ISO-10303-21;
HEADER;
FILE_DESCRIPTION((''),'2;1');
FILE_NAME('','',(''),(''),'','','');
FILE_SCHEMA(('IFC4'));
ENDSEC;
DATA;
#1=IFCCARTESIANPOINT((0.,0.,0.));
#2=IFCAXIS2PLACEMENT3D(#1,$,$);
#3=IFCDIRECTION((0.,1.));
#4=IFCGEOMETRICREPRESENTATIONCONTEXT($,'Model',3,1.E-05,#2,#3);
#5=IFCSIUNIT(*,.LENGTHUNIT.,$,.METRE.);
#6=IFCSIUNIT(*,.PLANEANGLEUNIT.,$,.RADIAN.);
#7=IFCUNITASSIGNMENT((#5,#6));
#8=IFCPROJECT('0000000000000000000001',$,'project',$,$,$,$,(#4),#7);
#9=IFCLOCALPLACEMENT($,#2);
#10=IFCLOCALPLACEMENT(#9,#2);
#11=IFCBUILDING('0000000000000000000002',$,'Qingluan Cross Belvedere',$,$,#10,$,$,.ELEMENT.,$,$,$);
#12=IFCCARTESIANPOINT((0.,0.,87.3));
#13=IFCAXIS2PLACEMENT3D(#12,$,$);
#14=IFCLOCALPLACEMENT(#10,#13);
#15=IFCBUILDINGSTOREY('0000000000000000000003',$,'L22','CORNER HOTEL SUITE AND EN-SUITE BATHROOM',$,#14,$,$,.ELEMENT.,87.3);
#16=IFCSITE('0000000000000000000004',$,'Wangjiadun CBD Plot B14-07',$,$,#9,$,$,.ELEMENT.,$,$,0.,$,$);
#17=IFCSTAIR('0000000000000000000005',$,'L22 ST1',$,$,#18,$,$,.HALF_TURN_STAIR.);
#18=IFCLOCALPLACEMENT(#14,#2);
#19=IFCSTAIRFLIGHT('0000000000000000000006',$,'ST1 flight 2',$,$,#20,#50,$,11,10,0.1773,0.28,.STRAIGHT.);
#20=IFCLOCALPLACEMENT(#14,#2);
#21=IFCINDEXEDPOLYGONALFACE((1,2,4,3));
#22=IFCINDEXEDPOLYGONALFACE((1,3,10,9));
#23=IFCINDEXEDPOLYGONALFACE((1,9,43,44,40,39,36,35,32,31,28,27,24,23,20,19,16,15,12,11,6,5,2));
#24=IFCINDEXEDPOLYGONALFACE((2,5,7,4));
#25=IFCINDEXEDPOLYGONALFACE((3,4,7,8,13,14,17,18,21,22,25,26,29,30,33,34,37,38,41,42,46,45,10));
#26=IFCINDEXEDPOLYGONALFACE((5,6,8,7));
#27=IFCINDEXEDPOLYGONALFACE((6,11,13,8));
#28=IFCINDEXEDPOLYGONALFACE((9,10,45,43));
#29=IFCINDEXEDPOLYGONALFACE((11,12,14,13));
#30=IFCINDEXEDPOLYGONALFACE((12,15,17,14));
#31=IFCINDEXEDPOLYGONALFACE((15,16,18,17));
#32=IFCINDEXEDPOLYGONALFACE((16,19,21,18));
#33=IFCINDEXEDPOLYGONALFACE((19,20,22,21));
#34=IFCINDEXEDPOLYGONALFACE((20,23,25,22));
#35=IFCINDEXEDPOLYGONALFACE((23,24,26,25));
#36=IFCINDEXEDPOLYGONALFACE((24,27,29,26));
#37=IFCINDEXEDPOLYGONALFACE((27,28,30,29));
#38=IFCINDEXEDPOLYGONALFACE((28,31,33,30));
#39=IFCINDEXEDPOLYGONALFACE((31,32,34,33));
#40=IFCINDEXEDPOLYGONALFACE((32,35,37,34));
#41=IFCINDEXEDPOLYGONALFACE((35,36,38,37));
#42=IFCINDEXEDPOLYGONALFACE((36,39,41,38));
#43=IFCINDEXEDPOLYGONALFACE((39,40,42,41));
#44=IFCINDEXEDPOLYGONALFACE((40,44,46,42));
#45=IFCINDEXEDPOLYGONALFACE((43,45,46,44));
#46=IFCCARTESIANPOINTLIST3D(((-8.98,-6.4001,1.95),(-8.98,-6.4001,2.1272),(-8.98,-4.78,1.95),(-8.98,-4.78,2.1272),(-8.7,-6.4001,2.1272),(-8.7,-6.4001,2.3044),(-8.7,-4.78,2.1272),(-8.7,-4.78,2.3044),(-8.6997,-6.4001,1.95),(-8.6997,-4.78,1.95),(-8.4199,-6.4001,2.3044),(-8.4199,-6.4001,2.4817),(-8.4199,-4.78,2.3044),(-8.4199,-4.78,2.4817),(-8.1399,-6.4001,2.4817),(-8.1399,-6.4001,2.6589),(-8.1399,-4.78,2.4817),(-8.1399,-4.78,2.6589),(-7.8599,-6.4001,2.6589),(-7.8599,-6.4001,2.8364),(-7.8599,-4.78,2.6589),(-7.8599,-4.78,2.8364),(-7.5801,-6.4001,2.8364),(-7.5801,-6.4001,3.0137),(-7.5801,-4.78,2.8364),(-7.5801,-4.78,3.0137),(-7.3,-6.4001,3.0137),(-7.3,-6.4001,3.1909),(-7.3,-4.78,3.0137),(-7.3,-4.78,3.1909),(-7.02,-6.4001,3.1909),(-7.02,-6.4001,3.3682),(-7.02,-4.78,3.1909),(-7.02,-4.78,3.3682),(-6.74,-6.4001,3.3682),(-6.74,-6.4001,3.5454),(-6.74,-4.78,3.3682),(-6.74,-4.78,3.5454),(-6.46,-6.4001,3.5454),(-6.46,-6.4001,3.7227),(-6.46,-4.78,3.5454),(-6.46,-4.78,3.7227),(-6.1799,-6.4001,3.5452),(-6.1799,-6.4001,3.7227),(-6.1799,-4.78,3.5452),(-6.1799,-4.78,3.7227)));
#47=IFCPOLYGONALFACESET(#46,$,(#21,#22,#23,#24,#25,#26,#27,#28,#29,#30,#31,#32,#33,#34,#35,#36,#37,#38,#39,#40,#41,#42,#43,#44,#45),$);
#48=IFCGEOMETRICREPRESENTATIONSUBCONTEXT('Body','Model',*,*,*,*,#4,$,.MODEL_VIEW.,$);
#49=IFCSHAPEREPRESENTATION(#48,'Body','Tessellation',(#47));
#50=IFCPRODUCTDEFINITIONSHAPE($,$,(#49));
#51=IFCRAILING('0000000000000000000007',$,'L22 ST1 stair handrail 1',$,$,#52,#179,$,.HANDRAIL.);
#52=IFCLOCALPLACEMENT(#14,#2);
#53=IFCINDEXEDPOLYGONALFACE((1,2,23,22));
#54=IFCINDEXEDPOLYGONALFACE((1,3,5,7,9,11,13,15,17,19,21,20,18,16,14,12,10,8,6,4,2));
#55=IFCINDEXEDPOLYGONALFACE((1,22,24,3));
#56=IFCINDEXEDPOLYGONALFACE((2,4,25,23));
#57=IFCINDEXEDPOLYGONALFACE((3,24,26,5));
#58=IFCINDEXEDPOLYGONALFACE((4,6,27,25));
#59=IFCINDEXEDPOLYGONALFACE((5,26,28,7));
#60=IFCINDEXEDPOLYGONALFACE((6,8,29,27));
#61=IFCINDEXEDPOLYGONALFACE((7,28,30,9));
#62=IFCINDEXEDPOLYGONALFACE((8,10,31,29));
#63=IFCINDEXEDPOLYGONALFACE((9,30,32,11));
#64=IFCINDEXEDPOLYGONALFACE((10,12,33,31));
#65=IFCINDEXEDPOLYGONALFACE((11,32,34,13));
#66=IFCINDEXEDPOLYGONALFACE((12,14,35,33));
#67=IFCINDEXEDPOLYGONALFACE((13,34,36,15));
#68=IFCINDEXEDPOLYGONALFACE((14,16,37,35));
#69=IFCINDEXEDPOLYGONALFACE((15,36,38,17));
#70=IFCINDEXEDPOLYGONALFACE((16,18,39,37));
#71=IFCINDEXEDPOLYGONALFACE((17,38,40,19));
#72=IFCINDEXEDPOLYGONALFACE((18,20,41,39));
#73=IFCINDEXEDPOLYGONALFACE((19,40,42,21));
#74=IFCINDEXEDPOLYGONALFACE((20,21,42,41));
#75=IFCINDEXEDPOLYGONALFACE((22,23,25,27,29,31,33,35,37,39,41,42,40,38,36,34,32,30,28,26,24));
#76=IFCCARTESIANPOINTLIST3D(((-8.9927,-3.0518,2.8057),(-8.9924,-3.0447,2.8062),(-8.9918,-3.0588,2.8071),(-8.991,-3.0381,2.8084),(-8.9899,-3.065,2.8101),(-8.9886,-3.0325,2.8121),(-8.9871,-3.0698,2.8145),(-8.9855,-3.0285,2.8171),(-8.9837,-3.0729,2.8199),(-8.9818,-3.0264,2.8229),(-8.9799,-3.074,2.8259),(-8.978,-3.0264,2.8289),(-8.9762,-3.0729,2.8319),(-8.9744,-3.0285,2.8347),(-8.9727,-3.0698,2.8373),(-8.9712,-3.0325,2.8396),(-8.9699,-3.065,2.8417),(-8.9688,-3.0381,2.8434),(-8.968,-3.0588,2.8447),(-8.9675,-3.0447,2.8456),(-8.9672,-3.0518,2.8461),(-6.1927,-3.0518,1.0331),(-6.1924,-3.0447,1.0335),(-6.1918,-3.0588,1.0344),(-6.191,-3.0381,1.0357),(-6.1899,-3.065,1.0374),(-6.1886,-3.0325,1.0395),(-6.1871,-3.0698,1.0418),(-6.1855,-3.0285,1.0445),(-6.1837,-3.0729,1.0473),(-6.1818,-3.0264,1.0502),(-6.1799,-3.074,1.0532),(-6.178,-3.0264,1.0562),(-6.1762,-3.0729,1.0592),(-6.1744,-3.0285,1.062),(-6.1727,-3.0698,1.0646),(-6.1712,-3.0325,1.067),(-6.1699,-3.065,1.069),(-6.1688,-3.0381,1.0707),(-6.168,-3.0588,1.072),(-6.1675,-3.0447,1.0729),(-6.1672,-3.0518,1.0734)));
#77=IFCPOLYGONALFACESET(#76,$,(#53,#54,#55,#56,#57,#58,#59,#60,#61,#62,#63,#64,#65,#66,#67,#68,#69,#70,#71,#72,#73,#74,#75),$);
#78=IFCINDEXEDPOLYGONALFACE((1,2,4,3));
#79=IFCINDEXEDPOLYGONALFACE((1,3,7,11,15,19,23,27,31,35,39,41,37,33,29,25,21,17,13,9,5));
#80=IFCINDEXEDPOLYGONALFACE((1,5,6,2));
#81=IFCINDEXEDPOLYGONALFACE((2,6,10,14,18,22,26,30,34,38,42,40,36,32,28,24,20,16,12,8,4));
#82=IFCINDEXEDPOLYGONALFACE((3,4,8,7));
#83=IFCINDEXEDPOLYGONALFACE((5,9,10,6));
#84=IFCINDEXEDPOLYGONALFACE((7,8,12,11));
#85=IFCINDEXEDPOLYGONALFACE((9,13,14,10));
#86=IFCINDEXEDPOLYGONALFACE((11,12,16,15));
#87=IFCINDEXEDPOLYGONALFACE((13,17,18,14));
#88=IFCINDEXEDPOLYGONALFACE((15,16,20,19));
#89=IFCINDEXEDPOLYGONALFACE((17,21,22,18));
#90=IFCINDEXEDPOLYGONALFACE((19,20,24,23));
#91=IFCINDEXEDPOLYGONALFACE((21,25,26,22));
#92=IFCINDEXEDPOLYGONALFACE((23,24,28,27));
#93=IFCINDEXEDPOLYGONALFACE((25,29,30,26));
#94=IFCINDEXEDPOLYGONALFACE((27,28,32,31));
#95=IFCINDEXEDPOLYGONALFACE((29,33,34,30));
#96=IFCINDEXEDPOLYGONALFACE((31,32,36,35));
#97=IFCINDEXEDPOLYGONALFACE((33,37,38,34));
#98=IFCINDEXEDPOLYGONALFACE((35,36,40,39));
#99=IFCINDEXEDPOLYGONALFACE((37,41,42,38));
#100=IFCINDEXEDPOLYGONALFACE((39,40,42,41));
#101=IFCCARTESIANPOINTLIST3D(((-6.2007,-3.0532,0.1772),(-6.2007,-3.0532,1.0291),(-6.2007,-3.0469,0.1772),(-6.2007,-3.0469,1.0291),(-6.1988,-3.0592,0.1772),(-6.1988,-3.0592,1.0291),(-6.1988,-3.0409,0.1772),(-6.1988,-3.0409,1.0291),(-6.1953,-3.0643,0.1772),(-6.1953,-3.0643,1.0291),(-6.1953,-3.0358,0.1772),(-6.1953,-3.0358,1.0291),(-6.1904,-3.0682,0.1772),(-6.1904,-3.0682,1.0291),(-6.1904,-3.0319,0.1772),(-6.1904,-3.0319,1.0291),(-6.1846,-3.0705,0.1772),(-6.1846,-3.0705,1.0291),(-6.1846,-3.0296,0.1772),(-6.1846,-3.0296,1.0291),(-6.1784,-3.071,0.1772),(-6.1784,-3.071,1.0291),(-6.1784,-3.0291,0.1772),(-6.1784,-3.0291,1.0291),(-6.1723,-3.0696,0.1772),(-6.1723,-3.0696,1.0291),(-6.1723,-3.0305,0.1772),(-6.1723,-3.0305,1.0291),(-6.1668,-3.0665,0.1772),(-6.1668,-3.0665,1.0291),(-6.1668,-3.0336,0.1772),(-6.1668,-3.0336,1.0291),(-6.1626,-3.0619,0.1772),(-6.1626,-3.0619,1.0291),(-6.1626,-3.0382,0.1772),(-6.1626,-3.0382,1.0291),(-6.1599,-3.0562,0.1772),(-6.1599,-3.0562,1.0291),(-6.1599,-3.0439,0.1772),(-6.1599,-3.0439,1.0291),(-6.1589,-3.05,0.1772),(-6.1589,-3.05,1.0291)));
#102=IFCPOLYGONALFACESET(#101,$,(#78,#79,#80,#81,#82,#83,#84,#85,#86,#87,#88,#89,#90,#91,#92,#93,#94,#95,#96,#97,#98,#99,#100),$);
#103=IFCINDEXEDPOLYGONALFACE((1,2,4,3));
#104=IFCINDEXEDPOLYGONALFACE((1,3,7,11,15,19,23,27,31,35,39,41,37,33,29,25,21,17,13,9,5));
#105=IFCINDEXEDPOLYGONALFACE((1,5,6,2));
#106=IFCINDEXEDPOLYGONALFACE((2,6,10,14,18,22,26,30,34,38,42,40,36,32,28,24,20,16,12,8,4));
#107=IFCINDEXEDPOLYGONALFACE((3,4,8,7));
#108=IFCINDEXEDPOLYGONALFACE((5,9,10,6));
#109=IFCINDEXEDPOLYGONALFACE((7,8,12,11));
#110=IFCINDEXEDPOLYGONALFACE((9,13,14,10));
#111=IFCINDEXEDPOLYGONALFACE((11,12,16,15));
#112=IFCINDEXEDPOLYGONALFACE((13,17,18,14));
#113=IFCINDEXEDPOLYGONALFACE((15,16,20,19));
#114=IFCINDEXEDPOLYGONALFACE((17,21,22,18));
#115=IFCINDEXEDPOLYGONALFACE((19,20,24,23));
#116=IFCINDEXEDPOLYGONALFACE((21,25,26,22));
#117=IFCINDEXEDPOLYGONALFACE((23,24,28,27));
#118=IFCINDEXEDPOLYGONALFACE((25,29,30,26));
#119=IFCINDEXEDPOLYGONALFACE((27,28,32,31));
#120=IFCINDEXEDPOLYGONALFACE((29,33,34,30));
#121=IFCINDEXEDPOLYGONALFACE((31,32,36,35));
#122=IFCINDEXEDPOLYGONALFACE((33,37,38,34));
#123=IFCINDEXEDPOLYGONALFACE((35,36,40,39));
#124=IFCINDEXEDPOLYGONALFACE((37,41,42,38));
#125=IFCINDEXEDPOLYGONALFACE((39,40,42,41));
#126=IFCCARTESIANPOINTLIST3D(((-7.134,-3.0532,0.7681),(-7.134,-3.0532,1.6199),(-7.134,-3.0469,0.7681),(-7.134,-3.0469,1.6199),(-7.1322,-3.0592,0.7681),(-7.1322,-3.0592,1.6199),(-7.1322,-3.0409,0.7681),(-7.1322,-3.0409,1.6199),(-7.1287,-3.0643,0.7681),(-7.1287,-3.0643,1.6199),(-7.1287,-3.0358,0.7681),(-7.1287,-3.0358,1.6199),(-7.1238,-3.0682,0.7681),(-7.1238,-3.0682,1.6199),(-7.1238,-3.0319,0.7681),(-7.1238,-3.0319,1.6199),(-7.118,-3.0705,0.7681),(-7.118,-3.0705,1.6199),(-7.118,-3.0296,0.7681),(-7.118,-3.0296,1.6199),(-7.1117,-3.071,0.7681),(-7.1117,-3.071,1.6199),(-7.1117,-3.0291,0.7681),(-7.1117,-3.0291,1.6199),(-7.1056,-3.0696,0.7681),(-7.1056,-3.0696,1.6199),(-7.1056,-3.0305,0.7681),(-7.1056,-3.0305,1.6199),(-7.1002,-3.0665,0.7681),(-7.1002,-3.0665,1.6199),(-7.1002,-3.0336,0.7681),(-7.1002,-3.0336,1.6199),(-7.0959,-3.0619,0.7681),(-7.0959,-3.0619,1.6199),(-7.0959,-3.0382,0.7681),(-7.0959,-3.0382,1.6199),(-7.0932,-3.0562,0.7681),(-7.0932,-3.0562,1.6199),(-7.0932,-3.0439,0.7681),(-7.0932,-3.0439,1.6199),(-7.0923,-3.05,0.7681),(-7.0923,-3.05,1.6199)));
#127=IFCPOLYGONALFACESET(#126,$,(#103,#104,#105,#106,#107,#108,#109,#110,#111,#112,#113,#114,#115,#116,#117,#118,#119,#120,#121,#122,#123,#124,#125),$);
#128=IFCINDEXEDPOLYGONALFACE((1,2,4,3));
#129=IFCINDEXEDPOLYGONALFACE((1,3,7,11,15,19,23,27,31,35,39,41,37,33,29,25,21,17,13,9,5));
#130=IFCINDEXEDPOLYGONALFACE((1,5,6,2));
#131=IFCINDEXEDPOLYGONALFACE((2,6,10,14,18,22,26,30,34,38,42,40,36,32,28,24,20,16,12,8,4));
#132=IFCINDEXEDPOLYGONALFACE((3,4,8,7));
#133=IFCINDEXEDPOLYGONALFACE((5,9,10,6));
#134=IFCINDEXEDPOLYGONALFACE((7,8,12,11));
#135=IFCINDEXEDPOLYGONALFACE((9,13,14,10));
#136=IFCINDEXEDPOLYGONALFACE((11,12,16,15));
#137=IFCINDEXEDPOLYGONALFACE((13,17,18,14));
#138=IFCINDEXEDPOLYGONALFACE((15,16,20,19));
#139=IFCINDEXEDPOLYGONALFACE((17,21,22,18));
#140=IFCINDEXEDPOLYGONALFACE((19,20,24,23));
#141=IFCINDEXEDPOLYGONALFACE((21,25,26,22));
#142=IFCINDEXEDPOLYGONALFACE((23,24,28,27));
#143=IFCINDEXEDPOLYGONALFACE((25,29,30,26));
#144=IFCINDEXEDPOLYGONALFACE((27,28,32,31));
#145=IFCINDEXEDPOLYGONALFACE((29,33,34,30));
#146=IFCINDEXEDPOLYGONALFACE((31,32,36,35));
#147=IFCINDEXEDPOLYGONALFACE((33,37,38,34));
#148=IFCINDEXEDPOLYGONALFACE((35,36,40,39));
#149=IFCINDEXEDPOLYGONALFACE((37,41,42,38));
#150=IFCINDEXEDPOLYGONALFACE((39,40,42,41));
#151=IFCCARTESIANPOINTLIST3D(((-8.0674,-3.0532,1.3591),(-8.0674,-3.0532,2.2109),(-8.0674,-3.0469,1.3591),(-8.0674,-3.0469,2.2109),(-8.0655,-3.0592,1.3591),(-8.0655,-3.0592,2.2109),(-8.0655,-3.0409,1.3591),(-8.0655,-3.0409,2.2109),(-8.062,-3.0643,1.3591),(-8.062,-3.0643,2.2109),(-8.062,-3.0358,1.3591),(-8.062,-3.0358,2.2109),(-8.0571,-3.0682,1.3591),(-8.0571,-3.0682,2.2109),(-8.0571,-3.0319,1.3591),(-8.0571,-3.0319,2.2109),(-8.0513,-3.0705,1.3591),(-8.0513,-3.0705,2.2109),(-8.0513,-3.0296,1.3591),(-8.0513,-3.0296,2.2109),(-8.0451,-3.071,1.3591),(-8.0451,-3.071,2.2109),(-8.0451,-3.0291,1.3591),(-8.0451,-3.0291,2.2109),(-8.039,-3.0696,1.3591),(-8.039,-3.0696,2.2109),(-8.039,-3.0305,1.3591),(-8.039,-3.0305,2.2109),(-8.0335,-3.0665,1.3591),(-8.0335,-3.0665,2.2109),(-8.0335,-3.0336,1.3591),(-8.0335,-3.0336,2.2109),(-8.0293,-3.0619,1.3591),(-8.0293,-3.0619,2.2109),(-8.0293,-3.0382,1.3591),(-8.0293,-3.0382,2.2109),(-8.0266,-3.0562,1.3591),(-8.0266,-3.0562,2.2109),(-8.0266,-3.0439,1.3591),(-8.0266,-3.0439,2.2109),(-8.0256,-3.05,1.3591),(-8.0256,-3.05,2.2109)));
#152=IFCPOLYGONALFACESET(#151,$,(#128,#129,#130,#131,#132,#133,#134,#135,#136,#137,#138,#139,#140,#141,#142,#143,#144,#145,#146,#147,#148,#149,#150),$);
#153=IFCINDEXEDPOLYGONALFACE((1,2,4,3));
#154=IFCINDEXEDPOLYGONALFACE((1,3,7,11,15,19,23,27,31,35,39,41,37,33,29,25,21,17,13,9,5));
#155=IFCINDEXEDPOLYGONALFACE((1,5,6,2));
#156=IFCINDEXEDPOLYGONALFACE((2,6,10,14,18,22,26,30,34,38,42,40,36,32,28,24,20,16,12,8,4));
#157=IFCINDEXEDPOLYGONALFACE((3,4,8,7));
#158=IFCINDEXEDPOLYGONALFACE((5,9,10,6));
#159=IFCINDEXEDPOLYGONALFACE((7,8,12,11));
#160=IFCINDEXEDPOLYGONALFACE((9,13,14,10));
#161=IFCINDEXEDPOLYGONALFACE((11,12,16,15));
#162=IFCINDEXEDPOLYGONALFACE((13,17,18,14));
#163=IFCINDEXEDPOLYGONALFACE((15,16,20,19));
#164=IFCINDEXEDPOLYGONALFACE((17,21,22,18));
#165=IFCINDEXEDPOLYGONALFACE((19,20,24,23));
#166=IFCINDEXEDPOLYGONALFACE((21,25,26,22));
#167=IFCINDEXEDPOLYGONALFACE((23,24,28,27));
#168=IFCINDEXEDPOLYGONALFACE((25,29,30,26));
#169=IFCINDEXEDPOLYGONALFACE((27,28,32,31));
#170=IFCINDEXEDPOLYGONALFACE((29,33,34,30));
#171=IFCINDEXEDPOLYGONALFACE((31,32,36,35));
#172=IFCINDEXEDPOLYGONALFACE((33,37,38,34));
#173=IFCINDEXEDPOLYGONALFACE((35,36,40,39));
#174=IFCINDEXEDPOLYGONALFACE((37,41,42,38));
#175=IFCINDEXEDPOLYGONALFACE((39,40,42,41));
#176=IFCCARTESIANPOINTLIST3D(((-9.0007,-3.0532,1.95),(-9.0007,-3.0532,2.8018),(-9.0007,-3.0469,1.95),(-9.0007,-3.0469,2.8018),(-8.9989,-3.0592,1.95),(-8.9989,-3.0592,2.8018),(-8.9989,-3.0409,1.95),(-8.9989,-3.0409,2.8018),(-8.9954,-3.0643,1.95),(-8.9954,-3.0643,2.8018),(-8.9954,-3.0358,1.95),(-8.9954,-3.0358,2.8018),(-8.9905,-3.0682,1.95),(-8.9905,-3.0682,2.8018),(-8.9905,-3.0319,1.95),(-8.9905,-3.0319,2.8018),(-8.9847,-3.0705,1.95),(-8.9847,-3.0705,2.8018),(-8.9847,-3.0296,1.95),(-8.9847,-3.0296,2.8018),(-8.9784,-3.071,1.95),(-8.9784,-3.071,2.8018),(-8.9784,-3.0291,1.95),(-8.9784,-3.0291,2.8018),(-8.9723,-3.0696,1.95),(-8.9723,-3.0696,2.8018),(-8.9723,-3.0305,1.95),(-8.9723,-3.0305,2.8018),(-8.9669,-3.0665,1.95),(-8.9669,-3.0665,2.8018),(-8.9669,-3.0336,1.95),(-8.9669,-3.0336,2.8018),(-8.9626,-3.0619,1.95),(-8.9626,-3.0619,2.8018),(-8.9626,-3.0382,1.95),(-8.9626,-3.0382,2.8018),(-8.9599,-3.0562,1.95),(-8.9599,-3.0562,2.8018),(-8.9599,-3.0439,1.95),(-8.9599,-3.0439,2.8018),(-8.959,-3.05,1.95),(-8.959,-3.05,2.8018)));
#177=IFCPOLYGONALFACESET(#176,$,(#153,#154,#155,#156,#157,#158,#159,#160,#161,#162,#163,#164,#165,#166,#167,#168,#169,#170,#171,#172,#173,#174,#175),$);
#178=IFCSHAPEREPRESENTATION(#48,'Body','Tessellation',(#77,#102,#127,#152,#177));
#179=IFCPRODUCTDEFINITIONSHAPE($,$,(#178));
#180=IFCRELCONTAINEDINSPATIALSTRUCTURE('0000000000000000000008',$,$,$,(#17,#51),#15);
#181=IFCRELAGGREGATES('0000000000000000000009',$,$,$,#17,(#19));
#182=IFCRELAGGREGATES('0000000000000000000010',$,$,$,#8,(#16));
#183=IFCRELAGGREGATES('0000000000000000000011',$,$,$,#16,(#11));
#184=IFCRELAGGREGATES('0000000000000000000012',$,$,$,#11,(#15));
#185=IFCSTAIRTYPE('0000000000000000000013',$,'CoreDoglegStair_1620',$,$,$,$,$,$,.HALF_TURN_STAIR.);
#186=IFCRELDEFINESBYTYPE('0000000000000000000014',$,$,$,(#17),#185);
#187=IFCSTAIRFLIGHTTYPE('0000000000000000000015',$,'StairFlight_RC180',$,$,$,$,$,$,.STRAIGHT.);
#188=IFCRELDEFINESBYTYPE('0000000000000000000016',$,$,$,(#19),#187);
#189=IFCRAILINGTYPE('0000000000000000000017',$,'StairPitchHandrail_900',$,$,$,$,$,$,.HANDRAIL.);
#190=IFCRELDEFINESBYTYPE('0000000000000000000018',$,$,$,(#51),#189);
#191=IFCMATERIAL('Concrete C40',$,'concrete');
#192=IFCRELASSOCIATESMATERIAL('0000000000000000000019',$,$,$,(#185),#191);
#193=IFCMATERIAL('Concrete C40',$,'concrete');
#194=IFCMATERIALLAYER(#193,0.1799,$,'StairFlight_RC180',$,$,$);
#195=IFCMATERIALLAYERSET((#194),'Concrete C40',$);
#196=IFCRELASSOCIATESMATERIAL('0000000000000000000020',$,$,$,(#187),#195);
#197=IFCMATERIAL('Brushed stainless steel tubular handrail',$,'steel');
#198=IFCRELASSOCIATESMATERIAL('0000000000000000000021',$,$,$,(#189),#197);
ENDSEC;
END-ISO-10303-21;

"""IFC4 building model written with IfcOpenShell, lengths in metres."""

from ifc_helpers import new_model, si_unit, direction, frame, origin, origin_2d, place, context, subcontext, project, spatial, polyline, circle, outline, extrude, material, layer, layer_set, type_object, element, aggregate, save


model = new_model("IFC4")

# Units and contexts
model_context = context("Model", 3, precision=1e-05, world=origin(), true_north=direction((0.0, 1.0)))
body_context = subcontext(model_context, "Body", "Model", "MODEL_VIEW")
ifc_project = project(units=[si_unit("LENGTHUNIT", "METRE"), si_unit("PLANEANGLEUNIT", "RADIAN")], contexts=[model_context])

# Site, building, storey
site_placement = place(None, origin())
site = spatial("IfcSite", under=ifc_project, at=site_placement, Name="Wangjiadun CBD Plot B14-07", CompositionType="ELEMENT", RefElevation=0.0)
building_placement = place(site_placement, origin())
building = spatial("IfcBuilding", under=site, at=building_placement, Name="Qingluan Cross Belvedere", CompositionType="ELEMENT")
storey_placement = place(building_placement, frame((0.0, 0.0, 87.3)))
storey = spatial("IfcBuildingStorey", under=building, at=storey_placement, Name="L22", Description="CORNER HOTEL SUITE AND EN-SUITE BATHROOM", CompositionType="ELEMENT", Elevation=87.3)

# Stair, stair flight
ifc_material_1 = material(Name="Concrete C40", Category="concrete")
stair_type = type_object("IfcStairType", Name="CoreDoglegStair_1620", PredefinedType="HALF_TURN_STAIR", material=ifc_material_1)
stair_placement = place(storey_placement, origin())
stair = element("IfcStair", 1, at=stair_placement, inside=storey, type_object=stair_type, Name="L22 ST1", PredefinedType="HALF_TURN_STAIR")
ifc_material_2 = material(Name="Concrete C40", Category="concrete")
ifc_layer_1 = layer(ifc_material_2, 0.1799, Name="StairFlight_RC180")
ifc_layer_set_1 = layer_set([ifc_layer_1], Name="Concrete C40")
stair_flight_type = type_object("IfcStairFlightType", Name="StairFlight_RC180", PredefinedType="STRAIGHT", material=ifc_layer_set_1)
stair_flight_1_placement = place(storey_placement, frame((-8.98, -5.5901, 1.95), z_axis=(0.0, 0.0, 1.0), x_axis=(1.0, 0.0, 0.0)))
stair_flight_1 = element("IfcStairFlight", 2, at=stair_flight_1_placement, type_object=stair_flight_type, Name="ST1 flight 2", NumberOfRisers=11, NumberOfTreads=10, PredefinedType="STRAIGHT", RiserHeight=0.1773, TreadLength=0.28, context=body_context, shape_type="SweptSolid", body=[
    extrude(outline(polyline([(0.0, 0.0), (0.0, 0.1772), (0.28, 0.1772), (0.28, 0.3545), (0.5601, 0.3545), (0.5601, 0.5317), (0.8401, 0.5317), (0.8401, 0.709), (1.1201, 0.709), (1.1201, 0.8865), (1.3999, 0.8865), (1.3999, 1.0637), (1.6799, 1.0637), (1.6799, 1.241), (1.96, 1.241), (1.96, 1.4182), (2.24, 1.4182), (2.24, 1.5955), (2.52, 1.5955), (2.52, 1.7727), (2.8, 1.7727), (2.8, 1.95), (2.8, 1.5952), (0.2803, 0.0), (0.0, 0.0)])), frame((0.0, 0.8101, 0.0), z_axis=(0.0, -1.0, 0.0), x_axis=(1.0, 0.0, 0.0)), (0.0, 0.0, 1.0), 1.6201),
])
aggregate(stair, [stair_flight_1])

# Railing
ifc_material_3 = material(Name="Brushed stainless steel tubular handrail", Category="steel")
railing_type_1 = type_object("IfcRailingType", Name="StairPitchHandrail_900", PredefinedType="HANDRAIL", material=ifc_material_3)
railing_1_placement = place(storey_placement, frame((-6.1799, -3.05, 0.1772)))
element("IfcRailing", 3, at=railing_1_placement, inside=storey, type_object=railing_type_1, Name="L22 ST1 stair handrail 1", PredefinedType="HANDRAIL", context=body_context, shape_type="SweptSolid", body=[
    extrude(circle(Radius=0.0239, at=origin_2d()), frame((0.0, 0.0, 0.876), z_axis=(-0.844909, 0.0, 0.53491), x_axis=(0.0, -1.0, 0.0)), (0.0, 0.0, 1.0), 3.314),
    extrude(circle(Radius=0.021, at=origin_2d()), origin(), (0.0, 0.0, 1.0), 0.8518),
    extrude(circle(Radius=0.021, at=origin_2d()), frame((-0.9333, 0.0, 0.5908)), (0.0, 0.0, 1.0), 0.8518),
    extrude(circle(Radius=0.021, at=origin_2d()), frame((-1.8667, 0.0, 1.1819)), (0.0, 0.0, 1.0), 0.8518),
    extrude(circle(Radius=0.021, at=origin_2d()), frame((-2.8, 0.0, 1.7727)), (0.0, 0.0, 1.0), 0.8518),
])

save(model, "model.ifc")
